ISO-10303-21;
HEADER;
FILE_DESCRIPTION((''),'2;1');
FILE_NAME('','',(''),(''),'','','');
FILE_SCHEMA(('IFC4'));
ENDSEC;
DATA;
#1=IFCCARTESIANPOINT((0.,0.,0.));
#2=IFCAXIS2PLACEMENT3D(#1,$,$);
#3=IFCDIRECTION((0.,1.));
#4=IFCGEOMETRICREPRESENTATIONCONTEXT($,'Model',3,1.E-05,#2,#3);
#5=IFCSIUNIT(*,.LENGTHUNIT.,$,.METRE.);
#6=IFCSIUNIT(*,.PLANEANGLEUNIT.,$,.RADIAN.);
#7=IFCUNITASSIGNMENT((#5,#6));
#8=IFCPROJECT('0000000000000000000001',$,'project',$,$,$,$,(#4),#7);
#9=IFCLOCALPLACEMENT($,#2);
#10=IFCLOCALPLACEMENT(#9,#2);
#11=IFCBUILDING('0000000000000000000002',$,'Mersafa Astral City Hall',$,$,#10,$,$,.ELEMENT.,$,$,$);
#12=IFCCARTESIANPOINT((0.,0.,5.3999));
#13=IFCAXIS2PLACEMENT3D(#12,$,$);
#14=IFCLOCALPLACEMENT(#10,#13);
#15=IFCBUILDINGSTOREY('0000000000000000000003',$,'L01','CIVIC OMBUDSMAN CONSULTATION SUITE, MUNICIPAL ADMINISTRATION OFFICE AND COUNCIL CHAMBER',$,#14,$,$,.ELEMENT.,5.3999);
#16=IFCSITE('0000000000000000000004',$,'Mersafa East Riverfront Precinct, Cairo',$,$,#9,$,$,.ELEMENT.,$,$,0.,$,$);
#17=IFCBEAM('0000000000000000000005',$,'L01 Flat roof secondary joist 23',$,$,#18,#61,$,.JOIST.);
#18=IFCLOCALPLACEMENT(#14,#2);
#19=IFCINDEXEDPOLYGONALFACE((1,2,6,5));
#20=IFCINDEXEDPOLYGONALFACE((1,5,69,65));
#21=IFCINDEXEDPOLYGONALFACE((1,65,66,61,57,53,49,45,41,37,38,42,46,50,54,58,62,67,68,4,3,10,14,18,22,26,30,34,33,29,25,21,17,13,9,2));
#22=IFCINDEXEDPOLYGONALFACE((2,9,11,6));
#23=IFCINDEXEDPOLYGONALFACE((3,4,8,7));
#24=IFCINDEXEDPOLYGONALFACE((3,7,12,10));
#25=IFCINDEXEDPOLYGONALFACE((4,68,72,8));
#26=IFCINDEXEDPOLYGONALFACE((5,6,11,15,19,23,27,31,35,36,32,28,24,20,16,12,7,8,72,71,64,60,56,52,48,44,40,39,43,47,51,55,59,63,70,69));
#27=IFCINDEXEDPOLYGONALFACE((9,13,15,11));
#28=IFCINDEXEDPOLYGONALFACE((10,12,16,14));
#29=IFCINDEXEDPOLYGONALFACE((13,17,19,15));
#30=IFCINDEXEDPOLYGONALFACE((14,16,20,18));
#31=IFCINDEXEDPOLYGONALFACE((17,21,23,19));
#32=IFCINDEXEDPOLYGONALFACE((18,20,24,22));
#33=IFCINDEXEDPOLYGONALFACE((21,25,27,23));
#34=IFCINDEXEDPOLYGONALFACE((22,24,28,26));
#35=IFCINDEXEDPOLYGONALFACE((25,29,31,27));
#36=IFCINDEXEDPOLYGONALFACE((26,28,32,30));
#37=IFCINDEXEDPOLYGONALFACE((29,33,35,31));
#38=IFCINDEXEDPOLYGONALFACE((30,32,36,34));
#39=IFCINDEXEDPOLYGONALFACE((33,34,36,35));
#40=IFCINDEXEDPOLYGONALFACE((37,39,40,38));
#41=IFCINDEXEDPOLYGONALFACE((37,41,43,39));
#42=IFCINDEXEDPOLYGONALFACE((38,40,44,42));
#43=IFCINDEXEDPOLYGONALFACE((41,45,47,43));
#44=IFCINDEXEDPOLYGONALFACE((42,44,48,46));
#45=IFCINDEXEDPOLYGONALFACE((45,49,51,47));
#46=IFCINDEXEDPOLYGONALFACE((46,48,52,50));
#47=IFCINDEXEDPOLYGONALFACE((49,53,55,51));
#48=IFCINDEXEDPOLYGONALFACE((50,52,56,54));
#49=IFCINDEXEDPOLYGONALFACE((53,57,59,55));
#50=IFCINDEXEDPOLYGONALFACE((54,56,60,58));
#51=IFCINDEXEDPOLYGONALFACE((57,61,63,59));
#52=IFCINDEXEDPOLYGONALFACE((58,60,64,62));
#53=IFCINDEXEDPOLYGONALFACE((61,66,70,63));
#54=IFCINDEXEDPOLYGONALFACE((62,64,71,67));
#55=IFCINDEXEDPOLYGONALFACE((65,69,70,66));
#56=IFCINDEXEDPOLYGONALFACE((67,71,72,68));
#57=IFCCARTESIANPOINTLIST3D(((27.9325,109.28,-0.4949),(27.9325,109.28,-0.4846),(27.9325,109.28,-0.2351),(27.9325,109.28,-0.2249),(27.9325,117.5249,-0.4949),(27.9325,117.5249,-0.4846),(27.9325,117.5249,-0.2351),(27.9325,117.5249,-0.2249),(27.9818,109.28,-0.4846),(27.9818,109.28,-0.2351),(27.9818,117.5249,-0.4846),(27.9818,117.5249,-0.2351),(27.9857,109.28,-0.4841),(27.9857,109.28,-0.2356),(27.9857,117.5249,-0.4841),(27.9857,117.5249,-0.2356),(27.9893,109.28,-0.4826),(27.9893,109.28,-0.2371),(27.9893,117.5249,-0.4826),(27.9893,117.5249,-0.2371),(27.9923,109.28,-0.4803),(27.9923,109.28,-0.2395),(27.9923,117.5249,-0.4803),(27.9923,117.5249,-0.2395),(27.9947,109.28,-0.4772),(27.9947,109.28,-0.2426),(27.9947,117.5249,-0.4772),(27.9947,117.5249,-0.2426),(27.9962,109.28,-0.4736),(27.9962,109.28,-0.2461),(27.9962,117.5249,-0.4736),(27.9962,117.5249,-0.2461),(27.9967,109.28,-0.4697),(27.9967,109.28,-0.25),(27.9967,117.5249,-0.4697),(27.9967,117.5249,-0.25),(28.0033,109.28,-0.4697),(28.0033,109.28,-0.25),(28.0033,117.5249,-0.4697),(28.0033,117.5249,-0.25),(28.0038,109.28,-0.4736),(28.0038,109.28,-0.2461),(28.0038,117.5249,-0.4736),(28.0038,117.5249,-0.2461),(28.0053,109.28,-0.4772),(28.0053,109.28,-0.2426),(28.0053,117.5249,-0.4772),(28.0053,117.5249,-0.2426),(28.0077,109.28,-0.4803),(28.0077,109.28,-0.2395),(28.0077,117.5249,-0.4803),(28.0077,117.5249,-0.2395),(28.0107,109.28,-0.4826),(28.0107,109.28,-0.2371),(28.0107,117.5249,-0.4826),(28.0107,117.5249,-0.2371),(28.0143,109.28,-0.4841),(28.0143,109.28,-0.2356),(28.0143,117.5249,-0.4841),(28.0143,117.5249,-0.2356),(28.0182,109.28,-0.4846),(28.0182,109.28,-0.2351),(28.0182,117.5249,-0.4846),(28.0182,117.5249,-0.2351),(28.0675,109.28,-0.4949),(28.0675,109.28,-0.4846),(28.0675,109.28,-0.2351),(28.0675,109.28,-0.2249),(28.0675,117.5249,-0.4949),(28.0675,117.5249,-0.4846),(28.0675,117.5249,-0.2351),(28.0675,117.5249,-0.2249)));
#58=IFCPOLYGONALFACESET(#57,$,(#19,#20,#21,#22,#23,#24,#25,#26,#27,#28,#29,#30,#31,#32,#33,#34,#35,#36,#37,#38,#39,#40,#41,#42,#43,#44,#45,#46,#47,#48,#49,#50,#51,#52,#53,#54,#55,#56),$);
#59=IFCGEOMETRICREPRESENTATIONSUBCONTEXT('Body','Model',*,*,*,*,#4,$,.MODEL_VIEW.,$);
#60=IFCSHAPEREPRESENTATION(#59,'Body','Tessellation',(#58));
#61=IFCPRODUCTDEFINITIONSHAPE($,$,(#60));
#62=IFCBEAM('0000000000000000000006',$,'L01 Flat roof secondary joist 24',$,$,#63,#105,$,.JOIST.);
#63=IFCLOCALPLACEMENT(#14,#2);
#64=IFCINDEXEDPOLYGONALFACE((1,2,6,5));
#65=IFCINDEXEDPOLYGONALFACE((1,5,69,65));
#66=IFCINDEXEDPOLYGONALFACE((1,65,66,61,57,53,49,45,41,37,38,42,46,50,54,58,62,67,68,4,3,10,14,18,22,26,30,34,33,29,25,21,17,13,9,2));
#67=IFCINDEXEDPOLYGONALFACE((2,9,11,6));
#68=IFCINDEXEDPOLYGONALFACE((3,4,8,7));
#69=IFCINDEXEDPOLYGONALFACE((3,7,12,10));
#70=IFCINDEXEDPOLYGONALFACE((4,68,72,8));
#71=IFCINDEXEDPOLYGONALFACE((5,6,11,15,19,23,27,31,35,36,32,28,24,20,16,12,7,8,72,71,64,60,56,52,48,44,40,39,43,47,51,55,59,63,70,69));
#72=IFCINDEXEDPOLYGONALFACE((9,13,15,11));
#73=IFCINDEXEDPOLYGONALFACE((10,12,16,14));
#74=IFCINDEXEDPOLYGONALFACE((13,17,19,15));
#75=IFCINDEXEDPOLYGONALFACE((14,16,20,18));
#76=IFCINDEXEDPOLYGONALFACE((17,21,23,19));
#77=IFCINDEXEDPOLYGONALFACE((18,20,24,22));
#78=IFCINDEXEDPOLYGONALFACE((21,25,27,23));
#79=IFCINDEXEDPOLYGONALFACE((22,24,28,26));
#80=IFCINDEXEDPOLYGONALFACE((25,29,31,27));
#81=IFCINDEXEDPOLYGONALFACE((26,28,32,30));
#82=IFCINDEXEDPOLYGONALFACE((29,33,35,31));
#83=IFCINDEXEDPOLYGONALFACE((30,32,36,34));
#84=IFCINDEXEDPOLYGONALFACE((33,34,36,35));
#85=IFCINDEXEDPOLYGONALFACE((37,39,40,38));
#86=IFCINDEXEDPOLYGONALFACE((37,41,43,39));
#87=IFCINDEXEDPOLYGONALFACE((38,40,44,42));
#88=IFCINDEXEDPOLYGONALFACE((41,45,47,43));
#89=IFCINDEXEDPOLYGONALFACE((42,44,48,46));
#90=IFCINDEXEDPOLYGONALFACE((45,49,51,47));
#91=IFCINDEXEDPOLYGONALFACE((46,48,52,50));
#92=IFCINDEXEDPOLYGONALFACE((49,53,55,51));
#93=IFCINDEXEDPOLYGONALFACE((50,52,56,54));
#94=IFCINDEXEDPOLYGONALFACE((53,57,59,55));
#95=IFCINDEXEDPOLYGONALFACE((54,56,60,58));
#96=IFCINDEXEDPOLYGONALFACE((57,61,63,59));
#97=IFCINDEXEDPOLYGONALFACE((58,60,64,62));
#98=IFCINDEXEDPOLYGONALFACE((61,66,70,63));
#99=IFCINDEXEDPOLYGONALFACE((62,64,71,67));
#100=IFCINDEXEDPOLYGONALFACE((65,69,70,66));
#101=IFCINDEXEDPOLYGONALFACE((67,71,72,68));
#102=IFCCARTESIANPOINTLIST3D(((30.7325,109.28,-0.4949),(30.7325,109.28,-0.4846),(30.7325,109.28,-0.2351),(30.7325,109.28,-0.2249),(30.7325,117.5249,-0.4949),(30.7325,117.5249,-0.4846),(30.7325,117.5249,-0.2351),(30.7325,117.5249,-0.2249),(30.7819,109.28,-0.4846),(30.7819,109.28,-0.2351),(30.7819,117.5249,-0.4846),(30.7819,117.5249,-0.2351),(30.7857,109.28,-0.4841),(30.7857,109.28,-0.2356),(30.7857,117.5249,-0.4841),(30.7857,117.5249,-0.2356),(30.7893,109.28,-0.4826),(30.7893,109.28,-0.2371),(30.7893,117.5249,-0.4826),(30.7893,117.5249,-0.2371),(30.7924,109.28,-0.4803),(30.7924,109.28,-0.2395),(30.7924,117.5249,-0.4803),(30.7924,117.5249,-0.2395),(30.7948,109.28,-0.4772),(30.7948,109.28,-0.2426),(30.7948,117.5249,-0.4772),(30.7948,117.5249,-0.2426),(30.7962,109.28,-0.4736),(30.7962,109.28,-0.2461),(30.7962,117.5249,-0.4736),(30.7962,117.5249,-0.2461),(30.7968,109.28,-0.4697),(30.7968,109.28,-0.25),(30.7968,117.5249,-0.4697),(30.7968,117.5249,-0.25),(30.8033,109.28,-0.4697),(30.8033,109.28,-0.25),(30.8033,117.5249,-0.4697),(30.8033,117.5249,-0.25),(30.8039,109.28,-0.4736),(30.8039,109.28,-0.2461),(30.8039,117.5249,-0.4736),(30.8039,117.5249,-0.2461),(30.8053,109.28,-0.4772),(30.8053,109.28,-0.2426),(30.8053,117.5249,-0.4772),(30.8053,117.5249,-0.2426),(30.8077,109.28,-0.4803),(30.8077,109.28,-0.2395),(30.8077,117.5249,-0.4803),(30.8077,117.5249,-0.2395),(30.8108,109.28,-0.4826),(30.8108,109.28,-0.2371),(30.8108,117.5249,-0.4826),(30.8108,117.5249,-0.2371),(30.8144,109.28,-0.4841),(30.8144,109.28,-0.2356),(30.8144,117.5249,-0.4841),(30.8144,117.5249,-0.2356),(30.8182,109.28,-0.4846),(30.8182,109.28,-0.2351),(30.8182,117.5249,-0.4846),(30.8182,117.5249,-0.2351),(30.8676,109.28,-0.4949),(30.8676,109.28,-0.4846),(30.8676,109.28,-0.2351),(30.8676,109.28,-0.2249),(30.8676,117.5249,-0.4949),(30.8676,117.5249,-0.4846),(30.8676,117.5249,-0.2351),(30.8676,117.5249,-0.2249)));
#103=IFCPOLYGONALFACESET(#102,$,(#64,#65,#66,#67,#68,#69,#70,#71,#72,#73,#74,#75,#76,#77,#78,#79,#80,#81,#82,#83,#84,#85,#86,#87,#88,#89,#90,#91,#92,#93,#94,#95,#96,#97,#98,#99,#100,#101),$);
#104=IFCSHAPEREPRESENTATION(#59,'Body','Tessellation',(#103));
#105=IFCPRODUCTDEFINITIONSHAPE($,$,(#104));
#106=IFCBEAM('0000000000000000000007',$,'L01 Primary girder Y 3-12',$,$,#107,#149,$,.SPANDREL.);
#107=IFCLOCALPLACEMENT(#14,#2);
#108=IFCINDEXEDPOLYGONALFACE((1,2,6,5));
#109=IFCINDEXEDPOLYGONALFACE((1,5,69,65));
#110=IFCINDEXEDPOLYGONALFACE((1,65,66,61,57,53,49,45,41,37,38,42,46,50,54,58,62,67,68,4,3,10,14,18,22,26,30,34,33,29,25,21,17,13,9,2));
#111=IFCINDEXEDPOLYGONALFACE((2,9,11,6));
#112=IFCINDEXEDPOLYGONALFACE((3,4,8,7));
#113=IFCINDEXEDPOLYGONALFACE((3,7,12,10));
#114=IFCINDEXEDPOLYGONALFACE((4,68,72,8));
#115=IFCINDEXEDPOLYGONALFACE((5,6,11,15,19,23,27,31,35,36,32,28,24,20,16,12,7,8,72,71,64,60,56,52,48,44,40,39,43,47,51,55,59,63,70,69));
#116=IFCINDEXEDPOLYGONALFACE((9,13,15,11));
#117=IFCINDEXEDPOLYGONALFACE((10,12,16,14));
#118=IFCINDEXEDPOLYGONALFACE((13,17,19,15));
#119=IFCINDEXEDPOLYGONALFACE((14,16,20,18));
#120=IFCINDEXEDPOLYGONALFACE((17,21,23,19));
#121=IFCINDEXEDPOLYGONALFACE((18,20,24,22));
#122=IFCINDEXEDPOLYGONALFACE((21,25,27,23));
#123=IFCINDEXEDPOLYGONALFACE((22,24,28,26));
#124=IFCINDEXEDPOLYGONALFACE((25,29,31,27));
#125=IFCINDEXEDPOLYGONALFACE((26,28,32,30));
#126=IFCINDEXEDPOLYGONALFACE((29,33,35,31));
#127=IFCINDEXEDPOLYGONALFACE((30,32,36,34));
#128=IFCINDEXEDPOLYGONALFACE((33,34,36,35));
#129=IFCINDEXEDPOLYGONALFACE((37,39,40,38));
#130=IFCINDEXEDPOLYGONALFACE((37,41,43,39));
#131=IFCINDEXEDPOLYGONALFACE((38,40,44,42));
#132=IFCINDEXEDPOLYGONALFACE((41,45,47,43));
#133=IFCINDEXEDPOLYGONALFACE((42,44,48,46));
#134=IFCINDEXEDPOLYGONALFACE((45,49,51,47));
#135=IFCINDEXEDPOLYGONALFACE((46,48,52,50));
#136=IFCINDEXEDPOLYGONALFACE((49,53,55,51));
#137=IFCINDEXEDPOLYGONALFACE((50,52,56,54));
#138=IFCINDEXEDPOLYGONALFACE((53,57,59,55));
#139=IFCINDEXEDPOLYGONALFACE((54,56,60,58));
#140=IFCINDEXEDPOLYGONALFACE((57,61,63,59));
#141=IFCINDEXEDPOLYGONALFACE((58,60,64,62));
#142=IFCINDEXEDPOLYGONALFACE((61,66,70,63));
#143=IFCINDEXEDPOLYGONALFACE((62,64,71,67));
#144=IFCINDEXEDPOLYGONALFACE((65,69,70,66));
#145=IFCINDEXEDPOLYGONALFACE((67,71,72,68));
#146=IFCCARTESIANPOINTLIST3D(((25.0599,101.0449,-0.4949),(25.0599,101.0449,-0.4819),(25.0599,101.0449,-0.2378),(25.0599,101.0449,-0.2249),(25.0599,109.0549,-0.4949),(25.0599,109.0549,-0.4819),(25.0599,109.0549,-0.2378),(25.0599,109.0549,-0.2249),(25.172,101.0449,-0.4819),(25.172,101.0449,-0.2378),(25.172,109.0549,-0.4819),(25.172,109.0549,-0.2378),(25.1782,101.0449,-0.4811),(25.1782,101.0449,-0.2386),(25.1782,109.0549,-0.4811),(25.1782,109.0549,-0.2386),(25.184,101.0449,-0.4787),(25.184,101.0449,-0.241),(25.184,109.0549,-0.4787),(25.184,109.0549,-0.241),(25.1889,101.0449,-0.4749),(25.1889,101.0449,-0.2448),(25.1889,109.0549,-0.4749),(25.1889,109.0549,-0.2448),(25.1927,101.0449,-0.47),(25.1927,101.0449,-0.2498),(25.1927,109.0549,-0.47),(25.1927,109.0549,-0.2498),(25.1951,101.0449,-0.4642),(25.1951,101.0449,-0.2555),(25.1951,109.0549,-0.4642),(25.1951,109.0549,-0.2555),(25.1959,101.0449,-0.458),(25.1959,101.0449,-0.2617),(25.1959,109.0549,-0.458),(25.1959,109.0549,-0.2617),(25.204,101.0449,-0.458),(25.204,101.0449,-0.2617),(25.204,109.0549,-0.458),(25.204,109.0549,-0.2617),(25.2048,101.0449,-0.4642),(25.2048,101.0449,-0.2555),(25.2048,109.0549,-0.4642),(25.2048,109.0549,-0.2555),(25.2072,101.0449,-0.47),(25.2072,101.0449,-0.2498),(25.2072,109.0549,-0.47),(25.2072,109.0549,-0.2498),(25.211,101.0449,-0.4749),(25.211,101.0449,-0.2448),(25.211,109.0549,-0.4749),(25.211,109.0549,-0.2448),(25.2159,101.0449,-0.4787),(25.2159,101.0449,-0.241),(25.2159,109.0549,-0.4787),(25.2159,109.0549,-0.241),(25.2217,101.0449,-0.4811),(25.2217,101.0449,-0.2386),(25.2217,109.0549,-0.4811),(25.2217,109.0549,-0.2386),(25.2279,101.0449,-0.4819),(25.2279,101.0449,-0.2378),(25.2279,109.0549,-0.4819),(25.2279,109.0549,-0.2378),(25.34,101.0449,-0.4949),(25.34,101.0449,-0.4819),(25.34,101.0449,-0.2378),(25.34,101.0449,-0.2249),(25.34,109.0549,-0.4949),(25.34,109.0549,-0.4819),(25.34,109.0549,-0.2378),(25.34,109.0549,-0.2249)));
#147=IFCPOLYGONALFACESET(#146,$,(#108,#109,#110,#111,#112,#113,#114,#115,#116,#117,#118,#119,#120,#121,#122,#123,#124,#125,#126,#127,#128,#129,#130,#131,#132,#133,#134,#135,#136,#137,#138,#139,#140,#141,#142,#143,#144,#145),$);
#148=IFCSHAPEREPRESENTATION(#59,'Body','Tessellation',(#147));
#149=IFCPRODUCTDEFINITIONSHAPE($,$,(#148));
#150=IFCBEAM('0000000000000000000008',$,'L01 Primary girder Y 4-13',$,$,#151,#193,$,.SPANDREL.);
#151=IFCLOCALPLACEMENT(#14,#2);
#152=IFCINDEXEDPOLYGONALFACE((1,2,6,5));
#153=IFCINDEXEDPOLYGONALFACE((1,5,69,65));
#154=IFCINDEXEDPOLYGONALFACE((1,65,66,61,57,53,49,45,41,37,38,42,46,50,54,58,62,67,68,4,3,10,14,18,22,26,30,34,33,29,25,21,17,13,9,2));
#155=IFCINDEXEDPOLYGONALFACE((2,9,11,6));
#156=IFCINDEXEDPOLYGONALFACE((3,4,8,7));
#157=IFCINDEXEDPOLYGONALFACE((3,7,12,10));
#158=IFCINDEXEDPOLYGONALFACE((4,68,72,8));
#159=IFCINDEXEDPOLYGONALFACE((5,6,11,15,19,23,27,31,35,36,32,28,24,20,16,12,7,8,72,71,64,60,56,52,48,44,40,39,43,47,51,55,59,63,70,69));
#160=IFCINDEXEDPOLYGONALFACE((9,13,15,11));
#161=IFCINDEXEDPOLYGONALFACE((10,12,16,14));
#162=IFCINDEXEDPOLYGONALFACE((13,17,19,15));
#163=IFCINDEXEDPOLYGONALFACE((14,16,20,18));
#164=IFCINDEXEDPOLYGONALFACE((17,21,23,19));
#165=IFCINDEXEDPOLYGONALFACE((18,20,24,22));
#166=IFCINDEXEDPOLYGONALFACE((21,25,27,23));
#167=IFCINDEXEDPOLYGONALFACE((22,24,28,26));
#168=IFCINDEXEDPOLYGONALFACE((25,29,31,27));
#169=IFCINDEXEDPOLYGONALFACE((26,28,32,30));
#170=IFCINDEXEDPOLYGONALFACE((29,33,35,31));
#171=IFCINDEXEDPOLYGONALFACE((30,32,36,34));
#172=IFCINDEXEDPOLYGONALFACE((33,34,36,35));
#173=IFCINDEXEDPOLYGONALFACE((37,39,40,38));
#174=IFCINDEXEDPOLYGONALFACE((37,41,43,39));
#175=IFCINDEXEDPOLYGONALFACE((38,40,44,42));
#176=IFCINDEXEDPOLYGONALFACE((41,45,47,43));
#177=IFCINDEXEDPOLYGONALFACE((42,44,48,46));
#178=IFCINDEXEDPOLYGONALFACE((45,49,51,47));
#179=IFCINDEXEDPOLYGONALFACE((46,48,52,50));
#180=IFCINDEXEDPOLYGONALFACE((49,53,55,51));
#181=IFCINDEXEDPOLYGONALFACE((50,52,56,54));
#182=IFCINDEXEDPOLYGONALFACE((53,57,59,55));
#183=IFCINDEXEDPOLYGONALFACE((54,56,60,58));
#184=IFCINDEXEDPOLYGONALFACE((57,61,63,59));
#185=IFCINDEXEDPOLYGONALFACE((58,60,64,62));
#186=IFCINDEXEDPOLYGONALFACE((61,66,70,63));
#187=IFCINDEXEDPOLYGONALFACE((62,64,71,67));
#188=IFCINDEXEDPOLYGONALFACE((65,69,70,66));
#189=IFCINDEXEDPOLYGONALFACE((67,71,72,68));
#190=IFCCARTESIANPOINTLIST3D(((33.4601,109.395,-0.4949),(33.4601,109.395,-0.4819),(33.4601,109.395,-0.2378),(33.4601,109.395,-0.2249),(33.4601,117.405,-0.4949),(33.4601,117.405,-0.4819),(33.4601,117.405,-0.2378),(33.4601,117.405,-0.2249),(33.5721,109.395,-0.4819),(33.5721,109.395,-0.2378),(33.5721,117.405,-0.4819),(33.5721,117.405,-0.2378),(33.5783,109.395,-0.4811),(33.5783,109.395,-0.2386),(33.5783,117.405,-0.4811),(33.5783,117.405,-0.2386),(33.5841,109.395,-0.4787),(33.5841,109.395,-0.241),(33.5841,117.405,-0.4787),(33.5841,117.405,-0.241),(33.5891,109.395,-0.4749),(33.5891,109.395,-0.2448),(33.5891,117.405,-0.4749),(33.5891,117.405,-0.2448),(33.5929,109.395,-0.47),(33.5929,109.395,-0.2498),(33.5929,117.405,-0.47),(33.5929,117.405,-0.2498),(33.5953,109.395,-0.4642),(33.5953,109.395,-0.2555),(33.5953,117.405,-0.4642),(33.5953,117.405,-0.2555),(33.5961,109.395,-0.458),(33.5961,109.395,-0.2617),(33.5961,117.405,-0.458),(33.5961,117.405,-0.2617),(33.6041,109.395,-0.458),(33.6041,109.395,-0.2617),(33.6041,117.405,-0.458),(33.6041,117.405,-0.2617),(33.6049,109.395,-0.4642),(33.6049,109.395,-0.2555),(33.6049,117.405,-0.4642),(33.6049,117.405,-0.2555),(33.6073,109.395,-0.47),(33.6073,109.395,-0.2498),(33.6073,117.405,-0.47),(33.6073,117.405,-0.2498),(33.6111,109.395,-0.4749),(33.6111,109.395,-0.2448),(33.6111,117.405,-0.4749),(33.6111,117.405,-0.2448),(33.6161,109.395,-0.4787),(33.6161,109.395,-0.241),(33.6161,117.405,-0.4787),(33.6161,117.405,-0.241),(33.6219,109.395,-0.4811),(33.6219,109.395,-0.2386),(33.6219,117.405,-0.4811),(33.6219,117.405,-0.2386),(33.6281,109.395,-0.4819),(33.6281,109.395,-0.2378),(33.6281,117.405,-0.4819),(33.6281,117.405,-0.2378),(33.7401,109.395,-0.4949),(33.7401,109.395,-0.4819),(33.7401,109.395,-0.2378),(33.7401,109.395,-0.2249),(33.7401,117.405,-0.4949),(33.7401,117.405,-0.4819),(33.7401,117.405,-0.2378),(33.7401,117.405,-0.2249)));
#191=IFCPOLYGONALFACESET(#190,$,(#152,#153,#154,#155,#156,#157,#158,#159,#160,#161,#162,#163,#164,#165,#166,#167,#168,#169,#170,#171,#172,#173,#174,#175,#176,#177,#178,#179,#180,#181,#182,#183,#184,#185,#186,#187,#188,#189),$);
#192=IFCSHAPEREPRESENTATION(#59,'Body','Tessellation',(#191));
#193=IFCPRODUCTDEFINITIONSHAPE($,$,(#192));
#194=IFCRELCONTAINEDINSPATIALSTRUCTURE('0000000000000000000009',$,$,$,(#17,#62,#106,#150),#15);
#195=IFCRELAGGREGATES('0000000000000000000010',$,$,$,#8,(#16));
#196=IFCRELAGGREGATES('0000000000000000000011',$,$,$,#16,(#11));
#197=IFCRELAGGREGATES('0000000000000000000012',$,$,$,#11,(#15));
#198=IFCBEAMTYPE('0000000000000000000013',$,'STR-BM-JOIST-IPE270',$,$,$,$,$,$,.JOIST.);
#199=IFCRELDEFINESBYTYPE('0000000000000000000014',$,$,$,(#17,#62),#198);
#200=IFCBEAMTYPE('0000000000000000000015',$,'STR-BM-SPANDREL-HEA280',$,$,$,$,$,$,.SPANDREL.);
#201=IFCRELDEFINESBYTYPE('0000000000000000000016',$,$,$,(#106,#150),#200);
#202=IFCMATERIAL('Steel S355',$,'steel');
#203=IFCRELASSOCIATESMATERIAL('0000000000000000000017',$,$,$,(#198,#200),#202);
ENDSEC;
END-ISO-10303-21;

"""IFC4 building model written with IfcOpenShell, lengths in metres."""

from ifc_helpers import new_model, si_unit, direction, frame, origin, origin_2d, place, context, subcontext, project, spatial, i_section, extrude, material, material_profile, profile_set, type_object, element, save


model = new_model("IFC4")

# Units and contexts
model_context = context("Model", 3, precision=1e-05, world=origin(), true_north=direction((0.0, 1.0)))
body_context = subcontext(model_context, "Body", "Model", "MODEL_VIEW")
ifc_project = project(units=[si_unit("LENGTHUNIT", "METRE"), si_unit("PLANEANGLEUNIT", "RADIAN")], contexts=[model_context])

# Site, building, storey
site_placement = place(None, origin())
site = spatial("IfcSite", under=ifc_project, at=site_placement, Name="Mersafa East Riverfront Precinct, Cairo", CompositionType="ELEMENT", RefElevation=0.0)
building_placement = place(site_placement, origin())
building = spatial("IfcBuilding", under=site, at=building_placement, Name="Mersafa Astral City Hall", CompositionType="ELEMENT")
storey_placement = place(building_placement, frame((0.0, 0.0, 5.3999)))
storey = spatial("IfcBuildingStorey", under=building, at=storey_placement, Name="L01", Description="CIVIC OMBUDSMAN CONSULTATION SUITE, MUNICIPAL ADMINISTRATION OFFICE AND COUNCIL CHAMBER", CompositionType="ELEMENT", Elevation=5.3999)

# Shared definitions
ifc_material_1 = material(Name="Steel S355", Category="steel")

# Beams
ifc_material_profile_1 = material_profile(ifc_material_1, i_section(OverallWidth=0.135, OverallDepth=0.27, WebThickness=0.0066, FlangeThickness=0.0103, FilletRadius=0.0149, at=origin_2d()), Name="IPE 270")
ifc_profile_set_1 = profile_set([ifc_material_profile_1], Name="Steel S355")
beam_type_1 = type_object("IfcBeamType", Name="STR-BM-JOIST-IPE270", PredefinedType="JOIST", material=ifc_profile_set_1)
for number, where, z_axis, x_axis, name in (
    (1, (28.0, 109.28, -0.3599), (0.0, 1.0, 0.0), (-1.0, 0.0, 0.0), "L01 Flat roof secondary joist 23"),
    (2, (30.8, 109.28, -0.3599), (0.0, 1.0, 0.0), (-1.0, 0.0, 0.0), "L01 Flat roof secondary joist 24"),
):
    element("IfcBeam", number, at=place(storey_placement, frame(where, z_axis=z_axis, x_axis=x_axis)), inside=storey, type_object=beam_type_1, Name=name, PredefinedType="JOIST", context=body_context, shape_type="SweptSolid", body=[
        extrude(i_section(OverallWidth=0.135, OverallDepth=0.27, WebThickness=0.0066, FlangeThickness=0.0103, FilletRadius=0.0149, at=origin_2d()), origin(), (0.0, 0.0, 1.0), 8.2449),
    ])
ifc_material_profile_2 = material_profile(ifc_material_1, i_section(OverallWidth=0.28, OverallDepth=0.27, WebThickness=0.0081, FlangeThickness=0.0129, FilletRadius=0.0239, at=origin_2d()), Name="HEA 280")
ifc_profile_set_2 = profile_set([ifc_material_profile_2], Name="Steel S355")
beam_type_2 = type_object("IfcBeamType", Name="STR-BM-SPANDREL-HEA280", PredefinedType="SPANDREL", material=ifc_profile_set_2)
for number, where, z_axis, x_axis, name in (
    (3, (25.2, 101.0449, -0.3599), (0.0, 1.0, 0.0), (-1.0, 0.0, 0.0), "L01 Primary girder Y 3-12"),
    (4, (33.6001, 109.395, -0.3599), (0.0, 1.0, 0.0), (-1.0, 0.0, 0.0), "L01 Primary girder Y 4-13"),
):
    element("IfcBeam", number, at=place(storey_placement, frame(where, z_axis=z_axis, x_axis=x_axis)), inside=storey, type_object=beam_type_2, Name=name, PredefinedType="SPANDREL", context=body_context, shape_type="SweptSolid", body=[
        extrude(i_section(OverallWidth=0.28, OverallDepth=0.27, WebThickness=0.0081, FlangeThickness=0.0129, FilletRadius=0.0239, at=origin_2d()), origin(), (0.0, 0.0, 1.0), 8.01),
    ])

save(model, "model.ifc")
